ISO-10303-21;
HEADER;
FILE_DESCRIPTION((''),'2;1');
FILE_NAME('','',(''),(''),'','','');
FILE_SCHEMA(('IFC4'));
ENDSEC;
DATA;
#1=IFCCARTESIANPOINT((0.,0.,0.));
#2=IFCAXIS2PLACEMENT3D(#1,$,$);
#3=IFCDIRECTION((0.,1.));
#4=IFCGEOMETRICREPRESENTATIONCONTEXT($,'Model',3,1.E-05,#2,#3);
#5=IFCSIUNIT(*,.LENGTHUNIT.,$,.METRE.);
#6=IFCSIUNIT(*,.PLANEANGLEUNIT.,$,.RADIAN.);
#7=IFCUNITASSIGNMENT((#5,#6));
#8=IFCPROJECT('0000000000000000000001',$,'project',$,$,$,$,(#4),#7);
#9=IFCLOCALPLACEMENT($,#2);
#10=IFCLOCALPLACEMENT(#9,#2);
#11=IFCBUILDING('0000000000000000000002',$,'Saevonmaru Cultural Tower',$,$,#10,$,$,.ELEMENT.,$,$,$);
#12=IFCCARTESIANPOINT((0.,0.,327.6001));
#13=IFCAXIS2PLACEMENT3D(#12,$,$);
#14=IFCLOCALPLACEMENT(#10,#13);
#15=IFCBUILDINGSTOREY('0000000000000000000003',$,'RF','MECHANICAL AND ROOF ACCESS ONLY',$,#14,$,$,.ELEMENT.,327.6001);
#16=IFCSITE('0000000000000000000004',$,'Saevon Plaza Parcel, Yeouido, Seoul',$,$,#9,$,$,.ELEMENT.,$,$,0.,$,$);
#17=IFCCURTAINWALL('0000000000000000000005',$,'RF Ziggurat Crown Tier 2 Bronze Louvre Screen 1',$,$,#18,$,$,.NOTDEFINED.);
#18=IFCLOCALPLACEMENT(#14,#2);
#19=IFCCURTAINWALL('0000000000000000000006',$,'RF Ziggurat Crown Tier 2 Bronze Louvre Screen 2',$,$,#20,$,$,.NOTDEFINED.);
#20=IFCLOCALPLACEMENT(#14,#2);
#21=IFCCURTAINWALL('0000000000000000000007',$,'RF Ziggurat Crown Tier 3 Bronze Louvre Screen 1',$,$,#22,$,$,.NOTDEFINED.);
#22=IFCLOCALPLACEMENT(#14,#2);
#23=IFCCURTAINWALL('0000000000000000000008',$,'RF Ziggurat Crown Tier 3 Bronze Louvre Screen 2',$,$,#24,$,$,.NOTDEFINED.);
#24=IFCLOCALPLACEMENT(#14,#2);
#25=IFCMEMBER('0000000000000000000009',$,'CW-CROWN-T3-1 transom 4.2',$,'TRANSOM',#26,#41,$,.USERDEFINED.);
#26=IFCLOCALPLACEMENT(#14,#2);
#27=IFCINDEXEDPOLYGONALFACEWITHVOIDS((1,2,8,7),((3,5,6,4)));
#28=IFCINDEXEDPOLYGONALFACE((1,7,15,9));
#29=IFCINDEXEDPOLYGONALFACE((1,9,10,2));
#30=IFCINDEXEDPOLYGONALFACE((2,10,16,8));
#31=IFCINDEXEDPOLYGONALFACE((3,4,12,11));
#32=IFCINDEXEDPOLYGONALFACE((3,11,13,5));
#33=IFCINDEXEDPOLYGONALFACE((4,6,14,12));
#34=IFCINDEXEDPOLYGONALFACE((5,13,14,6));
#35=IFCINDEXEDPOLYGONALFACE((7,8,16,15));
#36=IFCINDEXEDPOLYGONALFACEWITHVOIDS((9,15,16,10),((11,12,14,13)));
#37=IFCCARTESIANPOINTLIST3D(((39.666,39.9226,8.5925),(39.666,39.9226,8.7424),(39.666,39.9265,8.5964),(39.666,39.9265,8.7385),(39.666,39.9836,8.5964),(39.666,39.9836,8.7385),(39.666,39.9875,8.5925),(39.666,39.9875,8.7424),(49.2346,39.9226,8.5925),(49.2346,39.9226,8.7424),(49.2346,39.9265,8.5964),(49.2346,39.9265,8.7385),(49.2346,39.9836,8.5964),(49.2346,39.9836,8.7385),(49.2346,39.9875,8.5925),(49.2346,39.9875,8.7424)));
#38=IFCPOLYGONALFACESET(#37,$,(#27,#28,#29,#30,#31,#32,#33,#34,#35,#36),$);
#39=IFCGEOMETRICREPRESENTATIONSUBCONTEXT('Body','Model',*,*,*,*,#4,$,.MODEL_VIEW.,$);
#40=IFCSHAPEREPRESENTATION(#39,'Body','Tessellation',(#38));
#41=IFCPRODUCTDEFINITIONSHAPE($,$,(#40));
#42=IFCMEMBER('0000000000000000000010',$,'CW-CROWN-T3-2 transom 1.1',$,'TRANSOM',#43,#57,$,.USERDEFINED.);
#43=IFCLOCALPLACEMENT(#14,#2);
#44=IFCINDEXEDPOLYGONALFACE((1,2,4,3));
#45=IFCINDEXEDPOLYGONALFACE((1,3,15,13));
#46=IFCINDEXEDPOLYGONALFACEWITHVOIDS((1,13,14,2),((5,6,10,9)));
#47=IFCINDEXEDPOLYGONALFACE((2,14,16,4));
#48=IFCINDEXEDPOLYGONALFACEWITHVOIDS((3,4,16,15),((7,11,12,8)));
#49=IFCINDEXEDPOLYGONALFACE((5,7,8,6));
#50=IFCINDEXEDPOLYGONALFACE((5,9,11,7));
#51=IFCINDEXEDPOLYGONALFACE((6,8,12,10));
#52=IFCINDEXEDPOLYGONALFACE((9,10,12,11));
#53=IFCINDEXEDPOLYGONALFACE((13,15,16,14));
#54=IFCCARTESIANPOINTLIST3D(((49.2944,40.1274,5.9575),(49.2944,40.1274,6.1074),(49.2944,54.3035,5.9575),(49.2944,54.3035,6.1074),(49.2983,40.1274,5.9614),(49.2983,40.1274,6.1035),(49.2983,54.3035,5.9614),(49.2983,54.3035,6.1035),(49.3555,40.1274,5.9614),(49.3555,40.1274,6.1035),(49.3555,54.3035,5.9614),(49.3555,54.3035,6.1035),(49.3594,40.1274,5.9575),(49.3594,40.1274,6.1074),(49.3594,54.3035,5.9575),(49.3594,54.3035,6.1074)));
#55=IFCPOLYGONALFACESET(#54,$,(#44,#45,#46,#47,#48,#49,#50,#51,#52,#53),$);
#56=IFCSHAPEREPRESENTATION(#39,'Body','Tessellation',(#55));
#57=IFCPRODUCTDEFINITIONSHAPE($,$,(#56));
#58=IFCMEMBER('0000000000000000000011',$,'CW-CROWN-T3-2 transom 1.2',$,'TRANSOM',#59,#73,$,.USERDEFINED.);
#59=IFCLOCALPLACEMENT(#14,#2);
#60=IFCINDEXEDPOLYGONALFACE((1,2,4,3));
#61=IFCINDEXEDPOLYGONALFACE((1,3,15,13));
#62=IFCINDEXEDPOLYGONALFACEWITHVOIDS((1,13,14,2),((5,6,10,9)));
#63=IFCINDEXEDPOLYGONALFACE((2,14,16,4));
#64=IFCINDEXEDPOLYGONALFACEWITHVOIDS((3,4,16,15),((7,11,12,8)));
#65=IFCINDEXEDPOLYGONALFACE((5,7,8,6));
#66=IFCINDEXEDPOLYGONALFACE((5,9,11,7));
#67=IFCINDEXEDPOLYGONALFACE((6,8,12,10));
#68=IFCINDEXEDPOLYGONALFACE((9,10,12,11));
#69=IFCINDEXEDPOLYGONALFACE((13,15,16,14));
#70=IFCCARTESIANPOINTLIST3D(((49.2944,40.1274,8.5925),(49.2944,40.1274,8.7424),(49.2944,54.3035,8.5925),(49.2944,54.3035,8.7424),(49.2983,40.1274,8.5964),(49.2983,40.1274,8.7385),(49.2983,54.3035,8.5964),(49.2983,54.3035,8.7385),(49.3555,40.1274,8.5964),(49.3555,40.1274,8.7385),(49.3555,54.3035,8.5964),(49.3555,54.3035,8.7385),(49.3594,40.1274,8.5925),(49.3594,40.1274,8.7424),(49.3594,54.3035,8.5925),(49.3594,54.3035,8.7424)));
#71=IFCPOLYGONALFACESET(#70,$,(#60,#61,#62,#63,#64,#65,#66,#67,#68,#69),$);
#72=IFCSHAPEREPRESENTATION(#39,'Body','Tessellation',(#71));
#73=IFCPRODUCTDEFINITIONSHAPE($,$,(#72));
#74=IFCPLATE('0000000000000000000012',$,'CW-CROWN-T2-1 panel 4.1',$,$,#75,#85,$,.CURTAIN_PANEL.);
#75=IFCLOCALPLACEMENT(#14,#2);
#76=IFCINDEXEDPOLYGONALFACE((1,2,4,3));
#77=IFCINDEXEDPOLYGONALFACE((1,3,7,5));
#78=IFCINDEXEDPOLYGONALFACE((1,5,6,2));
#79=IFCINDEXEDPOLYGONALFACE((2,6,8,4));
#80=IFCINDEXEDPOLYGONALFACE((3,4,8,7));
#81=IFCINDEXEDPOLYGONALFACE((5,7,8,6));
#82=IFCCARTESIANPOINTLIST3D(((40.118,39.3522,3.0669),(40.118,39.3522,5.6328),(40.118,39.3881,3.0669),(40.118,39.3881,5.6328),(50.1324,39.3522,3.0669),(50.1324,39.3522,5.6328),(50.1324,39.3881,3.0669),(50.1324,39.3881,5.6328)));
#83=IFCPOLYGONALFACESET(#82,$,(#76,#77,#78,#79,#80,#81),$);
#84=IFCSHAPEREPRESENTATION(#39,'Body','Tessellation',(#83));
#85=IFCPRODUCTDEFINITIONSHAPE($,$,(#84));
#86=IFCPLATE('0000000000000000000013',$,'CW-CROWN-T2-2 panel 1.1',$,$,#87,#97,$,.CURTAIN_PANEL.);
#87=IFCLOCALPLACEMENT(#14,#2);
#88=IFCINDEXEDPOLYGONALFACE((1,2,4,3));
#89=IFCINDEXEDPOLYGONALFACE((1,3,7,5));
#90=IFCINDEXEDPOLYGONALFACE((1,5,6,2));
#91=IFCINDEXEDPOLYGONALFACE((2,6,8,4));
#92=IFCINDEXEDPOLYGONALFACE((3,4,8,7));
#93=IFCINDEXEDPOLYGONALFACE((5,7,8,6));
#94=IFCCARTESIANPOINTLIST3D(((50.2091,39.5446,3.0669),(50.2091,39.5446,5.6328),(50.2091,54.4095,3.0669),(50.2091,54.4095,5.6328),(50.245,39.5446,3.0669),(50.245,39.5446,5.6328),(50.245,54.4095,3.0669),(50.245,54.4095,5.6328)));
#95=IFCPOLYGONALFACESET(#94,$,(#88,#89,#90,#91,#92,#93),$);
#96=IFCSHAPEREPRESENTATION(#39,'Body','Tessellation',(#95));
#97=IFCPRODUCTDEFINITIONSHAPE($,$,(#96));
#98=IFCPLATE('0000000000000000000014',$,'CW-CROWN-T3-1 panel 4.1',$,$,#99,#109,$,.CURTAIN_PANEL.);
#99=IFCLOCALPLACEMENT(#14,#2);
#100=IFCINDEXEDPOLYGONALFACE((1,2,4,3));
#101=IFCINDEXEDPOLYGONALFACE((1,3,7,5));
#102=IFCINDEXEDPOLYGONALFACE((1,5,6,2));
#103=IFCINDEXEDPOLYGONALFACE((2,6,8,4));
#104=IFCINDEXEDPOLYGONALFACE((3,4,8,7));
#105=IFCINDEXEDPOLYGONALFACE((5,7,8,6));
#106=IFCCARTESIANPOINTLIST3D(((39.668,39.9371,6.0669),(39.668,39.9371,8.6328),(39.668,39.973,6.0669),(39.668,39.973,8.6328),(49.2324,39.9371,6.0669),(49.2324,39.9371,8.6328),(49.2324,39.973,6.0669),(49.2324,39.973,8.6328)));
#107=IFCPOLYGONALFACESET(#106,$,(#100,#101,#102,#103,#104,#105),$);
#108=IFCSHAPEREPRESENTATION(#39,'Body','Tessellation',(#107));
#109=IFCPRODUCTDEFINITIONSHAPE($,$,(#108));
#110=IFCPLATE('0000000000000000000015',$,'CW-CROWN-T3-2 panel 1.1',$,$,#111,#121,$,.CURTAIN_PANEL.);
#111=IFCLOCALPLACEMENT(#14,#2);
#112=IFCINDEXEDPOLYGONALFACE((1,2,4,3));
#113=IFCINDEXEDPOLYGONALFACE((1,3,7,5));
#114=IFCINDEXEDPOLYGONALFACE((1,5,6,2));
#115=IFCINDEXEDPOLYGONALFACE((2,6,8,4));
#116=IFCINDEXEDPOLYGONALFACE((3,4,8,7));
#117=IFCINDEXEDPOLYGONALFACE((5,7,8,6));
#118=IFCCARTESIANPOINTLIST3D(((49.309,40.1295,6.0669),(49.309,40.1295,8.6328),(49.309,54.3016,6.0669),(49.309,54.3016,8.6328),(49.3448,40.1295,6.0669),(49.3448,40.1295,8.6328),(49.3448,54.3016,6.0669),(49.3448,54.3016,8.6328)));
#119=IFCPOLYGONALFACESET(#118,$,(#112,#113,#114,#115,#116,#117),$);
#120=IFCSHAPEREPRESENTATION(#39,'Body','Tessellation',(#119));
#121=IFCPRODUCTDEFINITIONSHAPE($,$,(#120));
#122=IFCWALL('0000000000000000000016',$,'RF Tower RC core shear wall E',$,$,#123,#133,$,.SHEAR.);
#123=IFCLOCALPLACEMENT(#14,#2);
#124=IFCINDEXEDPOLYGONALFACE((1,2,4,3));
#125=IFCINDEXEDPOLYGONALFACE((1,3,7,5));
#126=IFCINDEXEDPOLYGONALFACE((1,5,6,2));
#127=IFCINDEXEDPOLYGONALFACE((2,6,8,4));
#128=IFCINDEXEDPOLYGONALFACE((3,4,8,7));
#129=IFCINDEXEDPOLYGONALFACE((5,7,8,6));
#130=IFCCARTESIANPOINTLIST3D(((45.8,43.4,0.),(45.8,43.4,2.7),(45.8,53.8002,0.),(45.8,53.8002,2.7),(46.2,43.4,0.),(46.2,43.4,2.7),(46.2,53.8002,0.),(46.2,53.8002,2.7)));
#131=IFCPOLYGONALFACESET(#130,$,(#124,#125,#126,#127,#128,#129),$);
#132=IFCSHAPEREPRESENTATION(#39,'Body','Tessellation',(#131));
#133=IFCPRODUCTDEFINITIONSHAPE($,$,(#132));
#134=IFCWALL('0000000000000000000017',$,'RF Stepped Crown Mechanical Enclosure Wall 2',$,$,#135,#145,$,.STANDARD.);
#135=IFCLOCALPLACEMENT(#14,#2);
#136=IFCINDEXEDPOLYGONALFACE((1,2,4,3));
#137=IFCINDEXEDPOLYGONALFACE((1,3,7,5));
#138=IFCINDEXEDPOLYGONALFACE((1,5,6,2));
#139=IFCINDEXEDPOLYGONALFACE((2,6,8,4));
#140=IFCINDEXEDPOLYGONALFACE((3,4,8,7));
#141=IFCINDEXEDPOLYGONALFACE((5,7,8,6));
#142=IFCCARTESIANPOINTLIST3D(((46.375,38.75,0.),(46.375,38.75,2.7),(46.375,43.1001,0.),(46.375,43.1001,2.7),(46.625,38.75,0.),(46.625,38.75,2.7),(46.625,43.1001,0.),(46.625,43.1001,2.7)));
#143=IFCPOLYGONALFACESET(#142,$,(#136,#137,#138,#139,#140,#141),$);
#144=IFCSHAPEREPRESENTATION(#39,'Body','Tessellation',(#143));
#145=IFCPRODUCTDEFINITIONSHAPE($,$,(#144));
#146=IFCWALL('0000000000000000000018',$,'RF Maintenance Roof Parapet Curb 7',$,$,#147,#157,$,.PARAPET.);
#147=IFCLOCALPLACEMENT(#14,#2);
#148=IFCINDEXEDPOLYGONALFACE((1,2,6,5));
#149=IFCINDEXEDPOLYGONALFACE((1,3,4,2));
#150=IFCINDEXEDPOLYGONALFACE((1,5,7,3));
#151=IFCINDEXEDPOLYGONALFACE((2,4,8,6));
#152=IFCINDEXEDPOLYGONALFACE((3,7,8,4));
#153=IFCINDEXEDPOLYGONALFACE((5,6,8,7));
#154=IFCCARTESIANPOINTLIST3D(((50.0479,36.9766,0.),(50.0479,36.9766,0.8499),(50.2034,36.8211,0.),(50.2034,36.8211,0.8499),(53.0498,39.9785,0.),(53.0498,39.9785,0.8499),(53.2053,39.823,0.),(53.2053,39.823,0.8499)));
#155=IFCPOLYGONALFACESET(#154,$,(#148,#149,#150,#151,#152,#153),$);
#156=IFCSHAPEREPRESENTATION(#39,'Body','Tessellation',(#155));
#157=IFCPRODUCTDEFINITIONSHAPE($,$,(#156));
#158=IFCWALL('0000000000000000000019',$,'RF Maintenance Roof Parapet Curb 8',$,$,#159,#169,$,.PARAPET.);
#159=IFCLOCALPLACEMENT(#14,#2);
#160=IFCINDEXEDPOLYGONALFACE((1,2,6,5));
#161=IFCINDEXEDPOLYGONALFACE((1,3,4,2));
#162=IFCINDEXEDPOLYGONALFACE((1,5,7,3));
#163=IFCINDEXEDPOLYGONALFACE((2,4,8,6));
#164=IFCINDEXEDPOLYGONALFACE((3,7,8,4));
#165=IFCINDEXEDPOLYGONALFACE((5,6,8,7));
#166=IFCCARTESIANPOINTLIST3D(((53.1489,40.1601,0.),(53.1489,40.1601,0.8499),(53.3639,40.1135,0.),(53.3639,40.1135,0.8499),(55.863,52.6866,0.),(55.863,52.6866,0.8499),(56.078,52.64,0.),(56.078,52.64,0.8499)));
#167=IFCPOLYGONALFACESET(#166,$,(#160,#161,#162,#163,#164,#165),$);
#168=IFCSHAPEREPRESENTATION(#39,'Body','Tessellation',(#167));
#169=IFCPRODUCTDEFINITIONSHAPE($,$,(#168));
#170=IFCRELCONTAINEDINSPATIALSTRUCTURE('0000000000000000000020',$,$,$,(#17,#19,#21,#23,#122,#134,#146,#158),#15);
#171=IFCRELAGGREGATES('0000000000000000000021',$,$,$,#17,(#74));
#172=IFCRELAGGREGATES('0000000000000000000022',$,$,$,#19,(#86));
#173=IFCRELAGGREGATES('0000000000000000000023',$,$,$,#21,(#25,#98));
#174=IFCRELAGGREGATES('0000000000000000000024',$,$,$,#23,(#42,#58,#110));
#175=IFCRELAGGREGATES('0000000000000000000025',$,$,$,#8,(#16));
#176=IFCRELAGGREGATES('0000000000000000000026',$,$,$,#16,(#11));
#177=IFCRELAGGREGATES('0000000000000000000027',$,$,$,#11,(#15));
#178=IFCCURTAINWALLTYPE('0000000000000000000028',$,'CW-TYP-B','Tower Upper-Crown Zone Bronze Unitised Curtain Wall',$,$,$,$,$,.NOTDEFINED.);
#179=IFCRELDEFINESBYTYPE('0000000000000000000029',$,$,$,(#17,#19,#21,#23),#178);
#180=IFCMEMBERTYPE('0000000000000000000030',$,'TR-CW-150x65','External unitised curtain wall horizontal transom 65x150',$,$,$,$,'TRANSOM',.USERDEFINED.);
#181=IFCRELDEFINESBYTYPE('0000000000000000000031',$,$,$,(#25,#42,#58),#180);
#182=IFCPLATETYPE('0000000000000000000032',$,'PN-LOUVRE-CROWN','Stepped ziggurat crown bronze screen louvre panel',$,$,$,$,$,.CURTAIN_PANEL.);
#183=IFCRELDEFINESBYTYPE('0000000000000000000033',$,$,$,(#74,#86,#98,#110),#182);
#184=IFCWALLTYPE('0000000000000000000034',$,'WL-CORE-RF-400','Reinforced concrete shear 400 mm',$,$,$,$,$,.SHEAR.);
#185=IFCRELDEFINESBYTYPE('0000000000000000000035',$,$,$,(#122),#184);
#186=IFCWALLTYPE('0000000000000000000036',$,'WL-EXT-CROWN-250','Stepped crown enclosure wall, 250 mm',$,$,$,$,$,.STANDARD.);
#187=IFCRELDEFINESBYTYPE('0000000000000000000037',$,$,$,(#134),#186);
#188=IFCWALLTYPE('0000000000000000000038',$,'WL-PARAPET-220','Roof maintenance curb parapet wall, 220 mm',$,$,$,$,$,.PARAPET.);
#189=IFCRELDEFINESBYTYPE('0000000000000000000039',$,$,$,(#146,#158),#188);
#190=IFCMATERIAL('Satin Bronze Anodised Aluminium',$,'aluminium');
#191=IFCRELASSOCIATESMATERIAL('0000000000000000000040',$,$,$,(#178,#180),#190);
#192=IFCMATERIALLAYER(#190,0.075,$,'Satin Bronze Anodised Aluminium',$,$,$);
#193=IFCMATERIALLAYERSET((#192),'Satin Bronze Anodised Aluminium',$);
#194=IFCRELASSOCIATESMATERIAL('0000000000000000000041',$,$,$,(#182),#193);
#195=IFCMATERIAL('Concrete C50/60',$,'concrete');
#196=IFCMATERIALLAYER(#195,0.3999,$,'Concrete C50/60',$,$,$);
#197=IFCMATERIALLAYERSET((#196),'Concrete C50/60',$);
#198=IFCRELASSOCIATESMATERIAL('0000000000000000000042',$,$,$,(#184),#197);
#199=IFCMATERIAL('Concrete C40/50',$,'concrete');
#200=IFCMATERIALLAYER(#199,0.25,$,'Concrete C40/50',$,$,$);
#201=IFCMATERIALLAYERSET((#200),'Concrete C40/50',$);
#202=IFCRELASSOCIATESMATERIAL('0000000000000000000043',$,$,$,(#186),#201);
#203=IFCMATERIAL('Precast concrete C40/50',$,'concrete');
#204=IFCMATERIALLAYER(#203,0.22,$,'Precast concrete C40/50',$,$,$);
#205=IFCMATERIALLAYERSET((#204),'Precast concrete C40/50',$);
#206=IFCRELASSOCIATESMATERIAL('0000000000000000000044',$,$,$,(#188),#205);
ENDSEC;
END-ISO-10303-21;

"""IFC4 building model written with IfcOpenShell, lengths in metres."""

from ifc_helpers import new_model, si_unit, direction, frame, frame_2d, origin, origin_2d, place, context, subcontext, project, spatial, rectangle, hollow_rectangle, extrude, material, layer, layer_set, material_profile, profile_set, type_object, element, aggregate, save


model = new_model("IFC4")

# Units and contexts
model_context = context("Model", 3, precision=1e-05, world=origin(), true_north=direction((0.0, 1.0)))
body_context = subcontext(model_context, "Body", "Model", "MODEL_VIEW")
ifc_project = project(units=[si_unit("LENGTHUNIT", "METRE"), si_unit("PLANEANGLEUNIT", "RADIAN")], contexts=[model_context])

# Site, building, storey
site_placement = place(None, origin())
site = spatial("IfcSite", under=ifc_project, at=site_placement, Name="Saevon Plaza Parcel, Yeouido, Seoul", CompositionType="ELEMENT", RefElevation=0.0)
building_placement = place(site_placement, origin())
building = spatial("IfcBuilding", under=site, at=building_placement, Name="Saevonmaru Cultural Tower", CompositionType="ELEMENT")
storey_placement = place(building_placement, frame((0.0, 0.0, 327.6001)))
storey = spatial("IfcBuildingStorey", under=building, at=storey_placement, Name="RF", Description="MECHANICAL AND ROOF ACCESS ONLY", CompositionType="ELEMENT", Elevation=327.6001)

# Curtain wall
ifc_material_1 = material(Name="Satin Bronze Anodised Aluminium", Category="aluminium")
curtain_wall_type = type_object("IfcCurtainWallType", Name="CW-TYP-B", Description="Tower Upper-Crown Zone Bronze Unitised Curtain Wall", PredefinedType="NOTDEFINED", material=ifc_material_1)
curtain_wall_1_placement = place(storey_placement, origin())
curtain_wall_1 = element("IfcCurtainWall", 1, at=curtain_wall_1_placement, inside=storey, type_object=curtain_wall_type, Name="RF Ziggurat Crown Tier 2 Bronze Louvre Screen 1", PredefinedType="NOTDEFINED")

# Curtain wall
curtain_wall_2_placement = place(storey_placement, origin())
curtain_wall_2 = element("IfcCurtainWall", 2, at=curtain_wall_2_placement, inside=storey, type_object=curtain_wall_type, Name="RF Ziggurat Crown Tier 2 Bronze Louvre Screen 2", PredefinedType="NOTDEFINED")

# Curtain wall
curtain_wall_3_placement = place(storey_placement, origin())
curtain_wall_3 = element("IfcCurtainWall", 3, at=curtain_wall_3_placement, inside=storey, type_object=curtain_wall_type, Name="RF Ziggurat Crown Tier 3 Bronze Louvre Screen 1", PredefinedType="NOTDEFINED")

# Curtain wall
curtain_wall_4_placement = place(storey_placement, origin())
curtain_wall_4 = element("IfcCurtainWall", 4, at=curtain_wall_4_placement, inside=storey, type_object=curtain_wall_type, Name="RF Ziggurat Crown Tier 3 Bronze Louvre Screen 2", PredefinedType="NOTDEFINED")

# Members
ifc_material_profile_1 = material_profile(ifc_material_1, hollow_rectangle(XDim=0.0649, YDim=0.1499, WallThickness=0.0039, at=origin_2d()), Name="ALU-TRAN-150x65x4")
ifc_profile_set_1 = profile_set([ifc_material_profile_1], Name="Satin Bronze Anodised Aluminium")
member_type_1 = type_object("IfcMemberType", Name="TR-CW-150x65", Description="External unitised curtain wall horizontal transom 65x150", ElementType="TRANSOM", PredefinedType="USERDEFINED", material=ifc_profile_set_1)
member_1_placement = place(storey_placement, frame((39.666, 39.9551, 8.6675), z_axis=(1.0, 0.0, 0.0), x_axis=(0.0, 1.0, 0.0)))
member_1 = element("IfcMember", 5, at=member_1_placement, type_object=member_type_1, Name="CW-CROWN-T3-1 transom 4.2", ObjectType="TRANSOM", PredefinedType="USERDEFINED", context=body_context, shape_type="SweptSolid", body=[
    extrude(hollow_rectangle(XDim=0.0649, YDim=0.1499, WallThickness=0.0039, at=origin_2d()), origin(), (0.0, 0.0, 1.0), 9.5686),
])
member_2_placement = place(storey_placement, frame((49.3269, 40.1274, 6.0325), z_axis=(0.0, 1.0, 0.0), x_axis=(-1.0, 0.0, 0.0)))
member_2 = element("IfcMember", 6, at=member_2_placement, type_object=member_type_1, Name="CW-CROWN-T3-2 transom 1.1", ObjectType="TRANSOM", PredefinedType="USERDEFINED", context=body_context, shape_type="SweptSolid", body=[
    extrude(hollow_rectangle(XDim=0.0649, YDim=0.1499, WallThickness=0.0039, at=origin_2d()), origin(), (0.0, 0.0, 1.0), 14.176),
])
member_3_placement = place(storey_placement, frame((49.3269, 40.1274, 8.6675), z_axis=(0.0, 1.0, 0.0), x_axis=(-1.0, 0.0, 0.0)))
member_3 = element("IfcMember", 7, at=member_3_placement, type_object=member_type_1, Name="CW-CROWN-T3-2 transom 1.2", ObjectType="TRANSOM", PredefinedType="USERDEFINED", context=body_context, shape_type="SweptSolid", body=[
    extrude(hollow_rectangle(XDim=0.0649, YDim=0.1499, WallThickness=0.0039, at=origin_2d()), origin(), (0.0, 0.0, 1.0), 14.176),
])

# Plates
ifc_layer_1 = layer(ifc_material_1, 0.075, Name="Satin Bronze Anodised Aluminium")
ifc_layer_set_1 = layer_set([ifc_layer_1], Name="Satin Bronze Anodised Aluminium")
plate_type = type_object("IfcPlateType", Name="PN-LOUVRE-CROWN", Description="Stepped ziggurat crown bronze screen louvre panel", PredefinedType="CURTAIN_PANEL", material=ifc_layer_set_1)
plate_1_placement = place(storey_placement, frame((45.1252, 39.3701, 3.0669), z_axis=(0.0, 0.0, 1.0), x_axis=(1.0, 0.0, 0.0)))
plate_1 = element("IfcPlate", 8, at=plate_1_placement, type_object=plate_type, Name="CW-CROWN-T2-1 panel 4.1", PredefinedType="CURTAIN_PANEL", context=body_context, shape_type="SweptSolid", body=[
    extrude(rectangle(XDim=10.0144, YDim=0.0359, at=origin_2d()), origin(), (0.0, 0.0, 1.0), 2.5659),
])
aggregate(curtain_wall_1, [plate_1])
plate_2_placement = place(storey_placement, frame((50.2271, 46.9771, 3.0669), z_axis=(0.0, 0.0, 1.0), x_axis=(0.0, 1.0, 0.0)))
plate_2 = element("IfcPlate", 9, at=plate_2_placement, type_object=plate_type, Name="CW-CROWN-T2-2 panel 1.1", PredefinedType="CURTAIN_PANEL", context=body_context, shape_type="SweptSolid", body=[
    extrude(rectangle(XDim=14.865, YDim=0.0359, at=origin_2d()), origin(), (0.0, 0.0, 1.0), 2.5659),
])
aggregate(curtain_wall_2, [plate_2])
plate_3_placement = place(storey_placement, frame((44.4502, 39.9551, 6.0669), z_axis=(0.0, 0.0, 1.0), x_axis=(1.0, 0.0, 0.0)))
plate_3 = element("IfcPlate", 10, at=plate_3_placement, type_object=plate_type, Name="CW-CROWN-T3-1 panel 4.1", PredefinedType="CURTAIN_PANEL", context=body_context, shape_type="SweptSolid", body=[
    extrude(rectangle(XDim=9.5645, YDim=0.0359, at=origin_2d()), origin(), (0.0, 0.0, 1.0), 2.5659),
])
aggregate(curtain_wall_3, [member_1, plate_3])
plate_4_placement = place(storey_placement, frame((49.3269, 47.2156, 6.0669), z_axis=(0.0, 0.0, 1.0), x_axis=(0.0, 1.0, 0.0)))
plate_4 = element("IfcPlate", 11, at=plate_4_placement, type_object=plate_type, Name="CW-CROWN-T3-2 panel 1.1", PredefinedType="CURTAIN_PANEL", context=body_context, shape_type="SweptSolid", body=[
    extrude(rectangle(XDim=14.1721, YDim=0.0359, at=origin_2d()), origin(), (0.0, 0.0, 1.0), 2.5659),
])
aggregate(curtain_wall_4, [member_2, member_3, plate_4])

# Walls
ifc_material_2 = material(Name="Concrete C50/60", Category="concrete")
ifc_layer_2 = layer(ifc_material_2, 0.3999, Name="Concrete C50/60")
ifc_layer_set_2 = layer_set([ifc_layer_2], Name="Concrete C50/60")
wall_type_1 = type_object("IfcWallType", Name="WL-CORE-RF-400", Description="Reinforced concrete shear 400 mm", PredefinedType="SHEAR", material=ifc_layer_set_2)
wall_1_placement = place(storey_placement, frame((46.0, 43.3999, 0.0), z_axis=(0.0, 0.0, 1.0), x_axis=(0.0, 1.0, 0.0)))
element("IfcWall", 12, at=wall_1_placement, inside=storey, type_object=wall_type_1, Name="RF Tower RC core shear wall E", PredefinedType="SHEAR", context=body_context, shape_type="SweptSolid", body=[
    extrude(rectangle(XDim=10.4001, YDim=0.3999, at=frame_2d((5.2002, 0.0))), origin(), (0.0, 0.0, 1.0), 2.7),
])
ifc_material_3 = material(Name="Concrete C40/50", Category="concrete")
ifc_layer_3 = layer(ifc_material_3, 0.25, Name="Concrete C40/50")
ifc_layer_set_3 = layer_set([ifc_layer_3], Name="Concrete C40/50")
wall_type_2 = type_object("IfcWallType", Name="WL-EXT-CROWN-250", Description="Stepped crown enclosure wall, 250 mm", PredefinedType="STANDARD", material=ifc_layer_set_3)
wall_2_placement = place(storey_placement, frame((46.5, 38.75, 0.0), z_axis=(0.0, 0.0, 1.0), x_axis=(0.0, 1.0, 0.0)))
element("IfcWall", 13, at=wall_2_placement, inside=storey, type_object=wall_type_2, Name="RF Stepped Crown Mechanical Enclosure Wall 2", PredefinedType="STANDARD", context=body_context, shape_type="SweptSolid", body=[
    extrude(rectangle(XDim=4.3501, YDim=0.25, at=frame_2d((2.175, 0.0))), origin(), (0.0, 0.0, 1.0), 2.7),
])
ifc_material_4 = material(Name="Precast concrete C40/50", Category="concrete")
ifc_layer_4 = layer(ifc_material_4, 0.22, Name="Precast concrete C40/50")
ifc_layer_set_4 = layer_set([ifc_layer_4], Name="Precast concrete C40/50")
wall_type_3 = type_object("IfcWallType", Name="WL-PARAPET-220", Description="Roof maintenance curb parapet wall, 220 mm", PredefinedType="PARAPET", material=ifc_layer_set_4)
wall_3_placement = place(storey_placement, frame((50.1257, 36.8989, 0.0), z_axis=(0.0, 0.0, 1.0), x_axis=(0.707107, 0.707107, 0.0)))
element("IfcWall", 14, at=wall_3_placement, inside=storey, type_object=wall_type_3, Name="RF Maintenance Roof Parapet Curb 7", PredefinedType="PARAPET", context=body_context, shape_type="SweptSolid", body=[
    extrude(rectangle(XDim=4.2454, YDim=0.22, at=frame_2d((2.1226, 0.0))), origin(), (0.0, 0.0, 1.0), 0.8499),
])
wall_4_placement = place(storey_placement, frame((53.2563, 40.1367, 0.0), z_axis=(0.0, 0.0, 1.0), x_axis=(0.211758, 0.977322, 0.0)))
element("IfcWall", 15, at=wall_4_placement, inside=storey, type_object=wall_type_3, Name="RF Maintenance Roof Parapet Curb 8", PredefinedType="PARAPET", context=body_context, shape_type="SweptSolid", body=[
    extrude(rectangle(XDim=12.8171, YDim=0.22, at=frame_2d((6.4087, 0.0))), origin(), (0.0, 0.0, 1.0), 0.8499),
])

save(model, "model.ifc")
